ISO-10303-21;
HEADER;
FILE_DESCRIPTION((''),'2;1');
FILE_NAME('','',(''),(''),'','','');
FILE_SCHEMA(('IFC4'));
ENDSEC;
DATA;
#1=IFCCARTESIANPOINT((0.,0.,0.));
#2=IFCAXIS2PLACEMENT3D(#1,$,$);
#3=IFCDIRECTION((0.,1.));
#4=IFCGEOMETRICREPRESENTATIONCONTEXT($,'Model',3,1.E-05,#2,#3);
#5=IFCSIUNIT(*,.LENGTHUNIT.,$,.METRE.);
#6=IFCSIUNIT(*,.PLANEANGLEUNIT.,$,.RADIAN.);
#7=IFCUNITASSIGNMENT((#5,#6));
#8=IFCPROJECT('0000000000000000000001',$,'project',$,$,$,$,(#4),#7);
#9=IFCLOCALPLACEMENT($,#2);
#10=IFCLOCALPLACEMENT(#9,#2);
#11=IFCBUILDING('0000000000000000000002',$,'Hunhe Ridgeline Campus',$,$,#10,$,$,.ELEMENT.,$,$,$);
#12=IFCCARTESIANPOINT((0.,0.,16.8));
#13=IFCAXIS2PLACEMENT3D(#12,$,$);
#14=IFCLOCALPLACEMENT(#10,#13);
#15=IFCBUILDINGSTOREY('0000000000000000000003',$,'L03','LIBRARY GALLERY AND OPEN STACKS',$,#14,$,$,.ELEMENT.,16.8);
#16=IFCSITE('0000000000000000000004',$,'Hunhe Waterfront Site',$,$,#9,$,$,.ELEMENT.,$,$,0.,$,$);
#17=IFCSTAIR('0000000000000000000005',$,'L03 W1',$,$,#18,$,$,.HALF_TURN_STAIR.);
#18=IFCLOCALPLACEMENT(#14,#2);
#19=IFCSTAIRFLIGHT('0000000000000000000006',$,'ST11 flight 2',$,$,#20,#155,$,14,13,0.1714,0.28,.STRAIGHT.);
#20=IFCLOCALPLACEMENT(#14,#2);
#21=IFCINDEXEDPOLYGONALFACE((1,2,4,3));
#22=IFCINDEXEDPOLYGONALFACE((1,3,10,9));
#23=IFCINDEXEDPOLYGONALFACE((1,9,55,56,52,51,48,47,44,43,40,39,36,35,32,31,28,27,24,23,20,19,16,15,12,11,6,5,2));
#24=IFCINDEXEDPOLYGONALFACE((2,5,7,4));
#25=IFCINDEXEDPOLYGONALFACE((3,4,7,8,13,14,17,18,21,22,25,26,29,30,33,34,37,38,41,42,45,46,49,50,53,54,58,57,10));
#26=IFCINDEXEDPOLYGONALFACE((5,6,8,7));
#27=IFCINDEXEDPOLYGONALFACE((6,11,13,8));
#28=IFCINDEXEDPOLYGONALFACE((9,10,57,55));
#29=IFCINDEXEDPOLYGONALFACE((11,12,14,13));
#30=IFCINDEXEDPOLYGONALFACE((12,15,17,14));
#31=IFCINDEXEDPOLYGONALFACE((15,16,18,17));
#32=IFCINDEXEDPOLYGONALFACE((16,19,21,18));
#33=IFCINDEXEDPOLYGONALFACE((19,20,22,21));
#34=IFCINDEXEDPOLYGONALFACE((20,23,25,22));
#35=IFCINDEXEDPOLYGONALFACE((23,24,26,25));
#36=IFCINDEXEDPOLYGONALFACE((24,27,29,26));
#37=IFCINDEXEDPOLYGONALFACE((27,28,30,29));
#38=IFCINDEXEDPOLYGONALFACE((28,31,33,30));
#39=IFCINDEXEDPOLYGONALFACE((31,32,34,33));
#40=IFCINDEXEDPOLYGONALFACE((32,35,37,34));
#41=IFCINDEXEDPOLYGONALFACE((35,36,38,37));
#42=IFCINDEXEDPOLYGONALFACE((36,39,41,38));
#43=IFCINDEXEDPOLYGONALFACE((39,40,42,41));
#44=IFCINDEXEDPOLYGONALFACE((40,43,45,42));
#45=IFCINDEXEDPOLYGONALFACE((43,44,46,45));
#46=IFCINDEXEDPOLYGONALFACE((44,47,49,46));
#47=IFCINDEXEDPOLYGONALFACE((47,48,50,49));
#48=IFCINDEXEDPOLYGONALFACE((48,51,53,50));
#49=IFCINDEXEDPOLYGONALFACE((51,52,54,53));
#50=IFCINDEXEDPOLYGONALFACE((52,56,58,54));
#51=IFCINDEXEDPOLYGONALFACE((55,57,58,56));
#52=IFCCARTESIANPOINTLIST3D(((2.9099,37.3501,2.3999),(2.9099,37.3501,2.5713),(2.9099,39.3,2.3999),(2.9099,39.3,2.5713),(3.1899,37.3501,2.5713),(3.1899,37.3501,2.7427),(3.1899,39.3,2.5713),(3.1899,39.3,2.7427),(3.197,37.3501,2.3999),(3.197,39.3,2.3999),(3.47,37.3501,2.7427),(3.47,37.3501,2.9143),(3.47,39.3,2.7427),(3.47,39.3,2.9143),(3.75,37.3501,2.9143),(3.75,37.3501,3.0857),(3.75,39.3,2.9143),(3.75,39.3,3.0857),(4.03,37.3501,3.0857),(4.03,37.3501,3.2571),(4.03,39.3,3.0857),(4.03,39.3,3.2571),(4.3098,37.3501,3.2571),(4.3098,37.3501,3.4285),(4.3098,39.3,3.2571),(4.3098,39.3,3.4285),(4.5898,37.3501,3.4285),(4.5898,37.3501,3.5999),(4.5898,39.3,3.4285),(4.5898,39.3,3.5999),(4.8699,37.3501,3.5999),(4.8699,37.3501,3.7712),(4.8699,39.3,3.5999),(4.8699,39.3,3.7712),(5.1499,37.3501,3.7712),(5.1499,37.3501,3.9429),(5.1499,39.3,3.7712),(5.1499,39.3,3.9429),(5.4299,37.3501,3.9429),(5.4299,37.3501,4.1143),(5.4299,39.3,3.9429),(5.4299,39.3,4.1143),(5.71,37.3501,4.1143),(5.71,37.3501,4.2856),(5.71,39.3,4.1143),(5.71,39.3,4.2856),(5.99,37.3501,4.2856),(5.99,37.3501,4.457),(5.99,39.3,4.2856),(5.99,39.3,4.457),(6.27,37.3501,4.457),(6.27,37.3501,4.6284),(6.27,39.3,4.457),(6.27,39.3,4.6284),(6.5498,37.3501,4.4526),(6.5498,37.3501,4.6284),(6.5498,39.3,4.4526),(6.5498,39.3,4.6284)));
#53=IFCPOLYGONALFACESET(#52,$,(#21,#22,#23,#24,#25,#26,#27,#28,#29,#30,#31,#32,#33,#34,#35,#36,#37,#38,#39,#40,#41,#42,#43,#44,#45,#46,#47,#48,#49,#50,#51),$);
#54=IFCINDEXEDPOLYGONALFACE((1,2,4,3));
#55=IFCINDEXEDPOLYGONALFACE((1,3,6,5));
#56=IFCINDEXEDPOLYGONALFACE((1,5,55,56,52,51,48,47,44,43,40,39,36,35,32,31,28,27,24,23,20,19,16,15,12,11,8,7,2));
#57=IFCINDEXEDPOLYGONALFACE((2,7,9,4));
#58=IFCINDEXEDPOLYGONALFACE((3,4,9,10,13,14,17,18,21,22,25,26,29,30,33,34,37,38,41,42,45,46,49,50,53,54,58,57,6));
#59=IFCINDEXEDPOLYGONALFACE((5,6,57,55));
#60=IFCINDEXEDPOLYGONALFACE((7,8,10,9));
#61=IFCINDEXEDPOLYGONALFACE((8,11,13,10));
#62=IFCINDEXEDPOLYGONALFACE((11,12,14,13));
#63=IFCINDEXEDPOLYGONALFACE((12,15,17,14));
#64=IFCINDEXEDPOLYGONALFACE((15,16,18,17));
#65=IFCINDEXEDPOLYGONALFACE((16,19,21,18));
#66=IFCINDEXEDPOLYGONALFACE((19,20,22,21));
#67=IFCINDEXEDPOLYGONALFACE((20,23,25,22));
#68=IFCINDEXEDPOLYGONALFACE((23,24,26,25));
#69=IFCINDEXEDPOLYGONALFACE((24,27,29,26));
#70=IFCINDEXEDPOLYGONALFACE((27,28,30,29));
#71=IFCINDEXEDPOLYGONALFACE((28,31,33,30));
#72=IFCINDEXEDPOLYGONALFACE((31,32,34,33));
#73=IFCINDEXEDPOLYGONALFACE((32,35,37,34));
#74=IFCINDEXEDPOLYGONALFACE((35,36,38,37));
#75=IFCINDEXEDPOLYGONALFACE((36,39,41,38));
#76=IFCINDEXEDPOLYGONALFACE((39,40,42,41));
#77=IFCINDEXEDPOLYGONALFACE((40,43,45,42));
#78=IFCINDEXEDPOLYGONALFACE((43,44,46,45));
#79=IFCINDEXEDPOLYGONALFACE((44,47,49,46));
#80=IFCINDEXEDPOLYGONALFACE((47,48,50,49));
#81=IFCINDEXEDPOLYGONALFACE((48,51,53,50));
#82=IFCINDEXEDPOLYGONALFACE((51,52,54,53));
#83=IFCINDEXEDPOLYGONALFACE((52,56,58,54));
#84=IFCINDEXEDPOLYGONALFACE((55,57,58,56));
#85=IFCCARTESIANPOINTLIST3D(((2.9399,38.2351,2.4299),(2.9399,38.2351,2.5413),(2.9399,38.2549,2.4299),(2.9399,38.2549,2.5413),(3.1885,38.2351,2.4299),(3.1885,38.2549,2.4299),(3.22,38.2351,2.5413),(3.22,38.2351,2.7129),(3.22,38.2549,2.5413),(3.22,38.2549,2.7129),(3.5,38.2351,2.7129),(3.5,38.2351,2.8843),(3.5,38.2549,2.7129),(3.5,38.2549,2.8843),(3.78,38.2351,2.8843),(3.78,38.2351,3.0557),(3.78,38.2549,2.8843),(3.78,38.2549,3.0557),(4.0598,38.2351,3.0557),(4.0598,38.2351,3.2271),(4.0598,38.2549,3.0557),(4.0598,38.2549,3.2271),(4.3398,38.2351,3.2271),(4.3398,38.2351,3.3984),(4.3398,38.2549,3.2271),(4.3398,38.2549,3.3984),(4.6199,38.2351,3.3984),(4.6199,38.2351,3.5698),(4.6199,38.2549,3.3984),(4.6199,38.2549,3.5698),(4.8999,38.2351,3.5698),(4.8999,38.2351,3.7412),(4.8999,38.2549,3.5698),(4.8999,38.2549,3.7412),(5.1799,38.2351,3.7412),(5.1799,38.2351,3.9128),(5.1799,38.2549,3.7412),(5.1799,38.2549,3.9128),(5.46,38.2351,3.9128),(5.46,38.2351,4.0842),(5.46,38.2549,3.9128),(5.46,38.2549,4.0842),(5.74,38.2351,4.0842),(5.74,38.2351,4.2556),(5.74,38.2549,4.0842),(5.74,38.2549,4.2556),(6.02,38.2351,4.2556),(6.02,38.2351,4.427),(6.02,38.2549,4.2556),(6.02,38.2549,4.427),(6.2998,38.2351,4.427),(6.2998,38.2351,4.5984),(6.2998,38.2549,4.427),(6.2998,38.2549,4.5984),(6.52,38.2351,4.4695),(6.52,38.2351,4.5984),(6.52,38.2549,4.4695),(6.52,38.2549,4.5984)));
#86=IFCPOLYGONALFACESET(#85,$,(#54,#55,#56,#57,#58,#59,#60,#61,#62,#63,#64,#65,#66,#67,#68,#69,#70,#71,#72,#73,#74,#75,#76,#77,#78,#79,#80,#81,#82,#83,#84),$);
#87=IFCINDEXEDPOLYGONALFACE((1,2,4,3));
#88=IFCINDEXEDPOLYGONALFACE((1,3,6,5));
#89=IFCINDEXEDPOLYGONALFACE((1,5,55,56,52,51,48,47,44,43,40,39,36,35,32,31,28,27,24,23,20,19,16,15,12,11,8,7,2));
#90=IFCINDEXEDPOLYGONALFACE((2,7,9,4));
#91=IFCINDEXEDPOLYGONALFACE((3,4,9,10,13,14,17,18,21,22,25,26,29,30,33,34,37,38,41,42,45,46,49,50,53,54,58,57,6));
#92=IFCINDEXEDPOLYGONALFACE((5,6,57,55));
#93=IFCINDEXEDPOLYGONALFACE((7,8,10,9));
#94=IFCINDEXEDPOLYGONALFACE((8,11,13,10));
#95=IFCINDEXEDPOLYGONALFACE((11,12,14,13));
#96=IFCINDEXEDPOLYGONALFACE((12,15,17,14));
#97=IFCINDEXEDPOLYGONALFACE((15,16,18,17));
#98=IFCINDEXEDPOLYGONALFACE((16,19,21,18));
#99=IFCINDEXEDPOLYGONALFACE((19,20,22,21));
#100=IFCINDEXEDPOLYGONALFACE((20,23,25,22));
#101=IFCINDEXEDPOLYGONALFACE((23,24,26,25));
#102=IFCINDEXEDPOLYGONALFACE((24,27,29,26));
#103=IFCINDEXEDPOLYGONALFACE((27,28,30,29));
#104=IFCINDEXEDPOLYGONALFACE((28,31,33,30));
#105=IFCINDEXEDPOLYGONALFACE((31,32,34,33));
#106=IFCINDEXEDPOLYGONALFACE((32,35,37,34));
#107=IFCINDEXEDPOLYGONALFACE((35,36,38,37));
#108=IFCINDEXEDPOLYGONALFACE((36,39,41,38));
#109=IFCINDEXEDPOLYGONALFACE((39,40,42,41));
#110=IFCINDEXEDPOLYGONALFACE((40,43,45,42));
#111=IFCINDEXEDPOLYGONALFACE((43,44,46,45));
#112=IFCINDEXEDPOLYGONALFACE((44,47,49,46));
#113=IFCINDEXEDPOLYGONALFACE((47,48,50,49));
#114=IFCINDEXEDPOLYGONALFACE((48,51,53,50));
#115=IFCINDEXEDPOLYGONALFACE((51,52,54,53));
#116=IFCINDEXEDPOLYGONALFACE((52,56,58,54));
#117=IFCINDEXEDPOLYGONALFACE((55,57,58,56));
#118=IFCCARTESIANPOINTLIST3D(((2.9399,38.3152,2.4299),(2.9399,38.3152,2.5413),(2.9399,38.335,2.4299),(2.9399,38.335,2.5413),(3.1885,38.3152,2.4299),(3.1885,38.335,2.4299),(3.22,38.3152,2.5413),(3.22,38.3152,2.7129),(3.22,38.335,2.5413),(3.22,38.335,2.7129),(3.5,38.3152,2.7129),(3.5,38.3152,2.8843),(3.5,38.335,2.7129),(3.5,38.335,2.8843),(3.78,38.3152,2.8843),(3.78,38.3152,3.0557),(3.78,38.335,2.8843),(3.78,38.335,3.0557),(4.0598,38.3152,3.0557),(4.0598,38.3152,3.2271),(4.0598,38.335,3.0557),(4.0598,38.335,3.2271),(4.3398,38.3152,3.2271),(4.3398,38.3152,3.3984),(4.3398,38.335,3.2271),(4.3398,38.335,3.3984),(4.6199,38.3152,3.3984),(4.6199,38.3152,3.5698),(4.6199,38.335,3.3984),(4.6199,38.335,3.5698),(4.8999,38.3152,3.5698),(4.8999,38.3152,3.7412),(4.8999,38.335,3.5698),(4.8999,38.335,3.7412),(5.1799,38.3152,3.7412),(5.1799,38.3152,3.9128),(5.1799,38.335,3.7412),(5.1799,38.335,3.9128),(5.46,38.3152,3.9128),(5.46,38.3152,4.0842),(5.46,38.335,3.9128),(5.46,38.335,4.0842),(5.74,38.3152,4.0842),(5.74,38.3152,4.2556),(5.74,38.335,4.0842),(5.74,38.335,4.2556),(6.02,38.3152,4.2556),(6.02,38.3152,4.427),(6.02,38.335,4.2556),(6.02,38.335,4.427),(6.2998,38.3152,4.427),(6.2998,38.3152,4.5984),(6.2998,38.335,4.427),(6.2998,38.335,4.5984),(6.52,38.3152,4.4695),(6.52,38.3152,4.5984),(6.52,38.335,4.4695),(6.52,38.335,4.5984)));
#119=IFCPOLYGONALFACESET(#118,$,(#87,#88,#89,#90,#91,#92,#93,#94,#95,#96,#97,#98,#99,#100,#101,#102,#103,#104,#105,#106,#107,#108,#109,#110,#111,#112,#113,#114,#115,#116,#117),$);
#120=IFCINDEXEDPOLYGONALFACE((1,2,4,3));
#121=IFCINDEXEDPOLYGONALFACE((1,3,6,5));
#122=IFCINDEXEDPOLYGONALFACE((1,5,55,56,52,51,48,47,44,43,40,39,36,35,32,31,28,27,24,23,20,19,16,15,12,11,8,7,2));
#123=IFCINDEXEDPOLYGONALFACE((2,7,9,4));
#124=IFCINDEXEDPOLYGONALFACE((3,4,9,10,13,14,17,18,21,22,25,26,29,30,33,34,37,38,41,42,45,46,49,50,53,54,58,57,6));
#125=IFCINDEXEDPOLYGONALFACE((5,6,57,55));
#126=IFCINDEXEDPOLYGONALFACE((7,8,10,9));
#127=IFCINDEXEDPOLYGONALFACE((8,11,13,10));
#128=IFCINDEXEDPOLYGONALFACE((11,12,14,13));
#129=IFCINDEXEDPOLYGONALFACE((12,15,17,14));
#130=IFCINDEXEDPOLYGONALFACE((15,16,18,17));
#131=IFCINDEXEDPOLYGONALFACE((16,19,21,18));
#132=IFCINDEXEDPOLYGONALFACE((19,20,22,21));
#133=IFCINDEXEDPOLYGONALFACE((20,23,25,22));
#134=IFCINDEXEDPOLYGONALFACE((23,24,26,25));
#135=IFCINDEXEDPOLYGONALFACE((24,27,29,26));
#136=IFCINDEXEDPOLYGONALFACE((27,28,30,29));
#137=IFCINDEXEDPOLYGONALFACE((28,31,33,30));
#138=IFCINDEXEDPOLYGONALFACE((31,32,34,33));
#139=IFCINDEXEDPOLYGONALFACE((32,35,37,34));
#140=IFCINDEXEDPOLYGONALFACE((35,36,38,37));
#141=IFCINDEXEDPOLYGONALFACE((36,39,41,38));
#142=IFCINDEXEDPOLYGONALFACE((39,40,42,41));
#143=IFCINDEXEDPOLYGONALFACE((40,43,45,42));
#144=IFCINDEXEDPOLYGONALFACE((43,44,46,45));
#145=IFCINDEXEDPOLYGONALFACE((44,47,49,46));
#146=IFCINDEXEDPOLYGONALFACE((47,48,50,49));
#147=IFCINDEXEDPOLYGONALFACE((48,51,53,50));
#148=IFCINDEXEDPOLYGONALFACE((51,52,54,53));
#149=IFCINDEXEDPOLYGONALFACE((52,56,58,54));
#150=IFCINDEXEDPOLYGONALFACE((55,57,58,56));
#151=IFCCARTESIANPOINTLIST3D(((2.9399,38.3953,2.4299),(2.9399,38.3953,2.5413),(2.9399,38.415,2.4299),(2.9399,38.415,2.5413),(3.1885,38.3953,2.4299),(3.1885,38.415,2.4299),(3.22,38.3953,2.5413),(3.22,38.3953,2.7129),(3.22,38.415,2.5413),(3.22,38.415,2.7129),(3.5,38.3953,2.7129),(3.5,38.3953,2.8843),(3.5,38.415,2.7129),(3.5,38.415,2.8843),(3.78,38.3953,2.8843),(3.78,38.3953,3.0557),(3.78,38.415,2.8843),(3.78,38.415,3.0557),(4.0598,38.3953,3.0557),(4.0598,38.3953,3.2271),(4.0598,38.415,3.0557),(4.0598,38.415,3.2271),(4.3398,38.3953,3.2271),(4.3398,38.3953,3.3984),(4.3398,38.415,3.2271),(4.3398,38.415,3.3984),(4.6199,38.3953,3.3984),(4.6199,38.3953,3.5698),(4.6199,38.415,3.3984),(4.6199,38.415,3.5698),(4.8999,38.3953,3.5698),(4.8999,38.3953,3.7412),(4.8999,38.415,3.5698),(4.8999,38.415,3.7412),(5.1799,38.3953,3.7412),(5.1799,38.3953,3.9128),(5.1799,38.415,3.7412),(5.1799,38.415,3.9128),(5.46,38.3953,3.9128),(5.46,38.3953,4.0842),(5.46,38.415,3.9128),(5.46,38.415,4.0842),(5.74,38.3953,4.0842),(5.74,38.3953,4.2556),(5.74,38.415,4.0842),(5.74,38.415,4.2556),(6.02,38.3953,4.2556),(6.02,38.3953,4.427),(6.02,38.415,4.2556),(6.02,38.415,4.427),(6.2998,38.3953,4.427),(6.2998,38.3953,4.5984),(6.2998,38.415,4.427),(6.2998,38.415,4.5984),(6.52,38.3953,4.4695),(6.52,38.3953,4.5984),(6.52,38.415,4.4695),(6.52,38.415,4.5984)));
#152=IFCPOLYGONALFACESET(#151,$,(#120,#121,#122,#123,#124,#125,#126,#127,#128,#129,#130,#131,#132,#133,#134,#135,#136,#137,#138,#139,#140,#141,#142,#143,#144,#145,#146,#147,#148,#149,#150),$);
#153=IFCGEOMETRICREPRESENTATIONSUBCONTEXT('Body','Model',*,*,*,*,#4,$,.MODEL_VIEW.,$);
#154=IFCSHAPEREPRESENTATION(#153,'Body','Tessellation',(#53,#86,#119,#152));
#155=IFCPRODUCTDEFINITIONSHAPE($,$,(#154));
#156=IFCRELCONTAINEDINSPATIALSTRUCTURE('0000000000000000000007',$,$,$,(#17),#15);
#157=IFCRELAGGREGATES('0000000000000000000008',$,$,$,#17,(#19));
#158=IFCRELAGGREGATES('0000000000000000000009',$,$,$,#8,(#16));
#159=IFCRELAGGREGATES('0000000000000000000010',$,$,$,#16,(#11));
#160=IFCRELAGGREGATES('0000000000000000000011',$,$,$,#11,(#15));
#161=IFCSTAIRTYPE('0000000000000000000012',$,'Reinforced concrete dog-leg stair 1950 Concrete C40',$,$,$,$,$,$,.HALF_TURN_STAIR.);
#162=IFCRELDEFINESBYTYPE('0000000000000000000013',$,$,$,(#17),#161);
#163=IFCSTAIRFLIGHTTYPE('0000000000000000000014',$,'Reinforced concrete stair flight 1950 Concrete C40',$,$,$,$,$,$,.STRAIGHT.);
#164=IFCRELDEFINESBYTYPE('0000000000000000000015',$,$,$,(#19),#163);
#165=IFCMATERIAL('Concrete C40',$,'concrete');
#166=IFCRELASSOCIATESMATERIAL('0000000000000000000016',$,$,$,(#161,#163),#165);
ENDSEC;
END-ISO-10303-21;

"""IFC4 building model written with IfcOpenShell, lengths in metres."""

from ifc_helpers import new_model, si_unit, direction, frame, origin, place, context, subcontext, project, spatial, polyline, outline, extrude, material, type_object, element, aggregate, save


model = new_model("IFC4")

# Units and contexts
model_context = context("Model", 3, precision=1e-05, world=origin(), true_north=direction((0.0, 1.0)))
body_context = subcontext(model_context, "Body", "Model", "MODEL_VIEW")
ifc_project = project(units=[si_unit("LENGTHUNIT", "METRE"), si_unit("PLANEANGLEUNIT", "RADIAN")], contexts=[model_context])

# Site, building, storey
site_placement = place(None, origin())
site = spatial("IfcSite", under=ifc_project, at=site_placement, Name="Hunhe Waterfront Site", CompositionType="ELEMENT", RefElevation=0.0)
building_placement = place(site_placement, origin())
building = spatial("IfcBuilding", under=site, at=building_placement, Name="Hunhe Ridgeline Campus", CompositionType="ELEMENT")
storey_placement = place(building_placement, frame((0.0, 0.0, 16.8)))
storey = spatial("IfcBuildingStorey", under=building, at=storey_placement, Name="L03", Description="LIBRARY GALLERY AND OPEN STACKS", CompositionType="ELEMENT", Elevation=16.8)

# Stair, stair flight
ifc_material_1 = material(Name="Concrete C40", Category="concrete")
stair_type = type_object("IfcStairType", Name="Reinforced concrete dog-leg stair 1950 Concrete C40", PredefinedType="HALF_TURN_STAIR", material=ifc_material_1)
stair_placement = place(storey_placement, origin())
stair = element("IfcStair", 1, at=stair_placement, inside=storey, type_object=stair_type, Name="L03 W1", PredefinedType="HALF_TURN_STAIR")
stair_flight_type = type_object("IfcStairFlightType", Name="Reinforced concrete stair flight 1950 Concrete C40", PredefinedType="STRAIGHT", material=ifc_material_1)
stair_flight_1_placement = place(storey_placement, frame((2.9099, 38.325, 2.3999), z_axis=(0.0, 0.0, 1.0), x_axis=(1.0, 0.0, 0.0)))
stair_flight_1 = element("IfcStairFlight", 2, at=stair_flight_1_placement, type_object=stair_flight_type, Name="ST11 flight 2", NumberOfRisers=14, NumberOfTreads=13, PredefinedType="STRAIGHT", RiserHeight=0.1714, TreadLength=0.28, context=body_context, shape_type="SweptSolid", body=[
    extrude(outline(polyline([(0.0, 0.0), (0.0, 0.1714), (0.28, 0.1714), (0.28, 0.3428), (0.5601, 0.3428), (0.5601, 0.5144), (0.8401, 0.5144), (0.8401, 0.6858), (1.1201, 0.6858), (1.1201, 0.8572), (1.3999, 0.8572), (1.3999, 1.0286), (1.6799, 1.0286), (1.6799, 1.2), (1.96, 1.2), (1.96, 1.3713), (2.24, 1.3713), (2.24, 1.543), (2.52, 1.543), (2.52, 1.7144), (2.8, 1.7144), (2.8, 1.8857), (3.0801, 1.8857), (3.0801, 2.0571), (3.3601, 2.0571), (3.3601, 2.2285), (3.6399, 2.2285), (3.6399, 2.3999), (3.6399, 2.0527), (0.2871, 0.0), (0.0, 0.0)])), frame((0.0, 0.9751, 0.0), z_axis=(0.0, -1.0, 0.0), x_axis=(1.0, 0.0, 0.0)), (0.0, 0.0, 1.0), 1.95),
    extrude(outline(polyline([(0.03, 0.03), (0.03, 0.1414), (0.3101, 0.1414), (0.3101, 0.313), (0.5901, 0.313), (0.5901, 0.4844), (0.8701, 0.4844), (0.8701, 0.6558), (1.1499, 0.6558), (1.1499, 0.8271), (1.4299, 0.8271), (1.4299, 0.9985), (1.71, 0.9985), (1.71, 1.1699), (1.99, 1.1699), (1.99, 1.3413), (2.27, 1.3413), (2.27, 1.5129), (2.55, 1.5129), (2.55, 1.6843), (2.8301, 1.6843), (2.8301, 1.8557), (3.1101, 1.8557), (3.1101, 2.0271), (3.3899, 2.0271), (3.3899, 2.1985), (3.6101, 2.1985), (3.6101, 2.0696), (0.2786, 0.03), (0.03, 0.03)])), frame((0.0, -0.0701, 0.0), z_axis=(0.0, -1.0, 0.0), x_axis=(1.0, 0.0, 0.0)), (0.0, 0.0, 1.0), 0.0198),
    extrude(outline(polyline([(0.03, 0.03), (0.03, 0.1414), (0.3101, 0.1414), (0.3101, 0.313), (0.5901, 0.313), (0.5901, 0.4844), (0.8701, 0.4844), (0.8701, 0.6558), (1.1499, 0.6558), (1.1499, 0.8271), (1.4299, 0.8271), (1.4299, 0.9985), (1.71, 0.9985), (1.71, 1.1699), (1.99, 1.1699), (1.99, 1.3413), (2.27, 1.3413), (2.27, 1.5129), (2.55, 1.5129), (2.55, 1.6843), (2.8301, 1.6843), (2.8301, 1.8557), (3.1101, 1.8557), (3.1101, 2.0271), (3.3899, 2.0271), (3.3899, 2.1985), (3.6101, 2.1985), (3.6101, 2.0696), (0.2786, 0.03), (0.03, 0.03)])), frame((0.0, 0.01, 0.0), z_axis=(0.0, -1.0, 0.0), x_axis=(1.0, 0.0, 0.0)), (0.0, 0.0, 1.0), 0.0198),
    extrude(outline(polyline([(0.03, 0.03), (0.03, 0.1414), (0.3101, 0.1414), (0.3101, 0.313), (0.5901, 0.313), (0.5901, 0.4844), (0.8701, 0.4844), (0.8701, 0.6558), (1.1499, 0.6558), (1.1499, 0.8271), (1.4299, 0.8271), (1.4299, 0.9985), (1.71, 0.9985), (1.71, 1.1699), (1.99, 1.1699), (1.99, 1.3413), (2.27, 1.3413), (2.27, 1.5129), (2.55, 1.5129), (2.55, 1.6843), (2.8301, 1.6843), (2.8301, 1.8557), (3.1101, 1.8557), (3.1101, 2.0271), (3.3899, 2.0271), (3.3899, 2.1985), (3.6101, 2.1985), (3.6101, 2.0696), (0.2786, 0.03), (0.03, 0.03)])), frame((0.0, 0.0901, 0.0), z_axis=(0.0, -1.0, 0.0), x_axis=(1.0, 0.0, 0.0)), (0.0, 0.0, 1.0), 0.0198),
])
aggregate(stair, [stair_flight_1])

save(model, "model.ifc")
